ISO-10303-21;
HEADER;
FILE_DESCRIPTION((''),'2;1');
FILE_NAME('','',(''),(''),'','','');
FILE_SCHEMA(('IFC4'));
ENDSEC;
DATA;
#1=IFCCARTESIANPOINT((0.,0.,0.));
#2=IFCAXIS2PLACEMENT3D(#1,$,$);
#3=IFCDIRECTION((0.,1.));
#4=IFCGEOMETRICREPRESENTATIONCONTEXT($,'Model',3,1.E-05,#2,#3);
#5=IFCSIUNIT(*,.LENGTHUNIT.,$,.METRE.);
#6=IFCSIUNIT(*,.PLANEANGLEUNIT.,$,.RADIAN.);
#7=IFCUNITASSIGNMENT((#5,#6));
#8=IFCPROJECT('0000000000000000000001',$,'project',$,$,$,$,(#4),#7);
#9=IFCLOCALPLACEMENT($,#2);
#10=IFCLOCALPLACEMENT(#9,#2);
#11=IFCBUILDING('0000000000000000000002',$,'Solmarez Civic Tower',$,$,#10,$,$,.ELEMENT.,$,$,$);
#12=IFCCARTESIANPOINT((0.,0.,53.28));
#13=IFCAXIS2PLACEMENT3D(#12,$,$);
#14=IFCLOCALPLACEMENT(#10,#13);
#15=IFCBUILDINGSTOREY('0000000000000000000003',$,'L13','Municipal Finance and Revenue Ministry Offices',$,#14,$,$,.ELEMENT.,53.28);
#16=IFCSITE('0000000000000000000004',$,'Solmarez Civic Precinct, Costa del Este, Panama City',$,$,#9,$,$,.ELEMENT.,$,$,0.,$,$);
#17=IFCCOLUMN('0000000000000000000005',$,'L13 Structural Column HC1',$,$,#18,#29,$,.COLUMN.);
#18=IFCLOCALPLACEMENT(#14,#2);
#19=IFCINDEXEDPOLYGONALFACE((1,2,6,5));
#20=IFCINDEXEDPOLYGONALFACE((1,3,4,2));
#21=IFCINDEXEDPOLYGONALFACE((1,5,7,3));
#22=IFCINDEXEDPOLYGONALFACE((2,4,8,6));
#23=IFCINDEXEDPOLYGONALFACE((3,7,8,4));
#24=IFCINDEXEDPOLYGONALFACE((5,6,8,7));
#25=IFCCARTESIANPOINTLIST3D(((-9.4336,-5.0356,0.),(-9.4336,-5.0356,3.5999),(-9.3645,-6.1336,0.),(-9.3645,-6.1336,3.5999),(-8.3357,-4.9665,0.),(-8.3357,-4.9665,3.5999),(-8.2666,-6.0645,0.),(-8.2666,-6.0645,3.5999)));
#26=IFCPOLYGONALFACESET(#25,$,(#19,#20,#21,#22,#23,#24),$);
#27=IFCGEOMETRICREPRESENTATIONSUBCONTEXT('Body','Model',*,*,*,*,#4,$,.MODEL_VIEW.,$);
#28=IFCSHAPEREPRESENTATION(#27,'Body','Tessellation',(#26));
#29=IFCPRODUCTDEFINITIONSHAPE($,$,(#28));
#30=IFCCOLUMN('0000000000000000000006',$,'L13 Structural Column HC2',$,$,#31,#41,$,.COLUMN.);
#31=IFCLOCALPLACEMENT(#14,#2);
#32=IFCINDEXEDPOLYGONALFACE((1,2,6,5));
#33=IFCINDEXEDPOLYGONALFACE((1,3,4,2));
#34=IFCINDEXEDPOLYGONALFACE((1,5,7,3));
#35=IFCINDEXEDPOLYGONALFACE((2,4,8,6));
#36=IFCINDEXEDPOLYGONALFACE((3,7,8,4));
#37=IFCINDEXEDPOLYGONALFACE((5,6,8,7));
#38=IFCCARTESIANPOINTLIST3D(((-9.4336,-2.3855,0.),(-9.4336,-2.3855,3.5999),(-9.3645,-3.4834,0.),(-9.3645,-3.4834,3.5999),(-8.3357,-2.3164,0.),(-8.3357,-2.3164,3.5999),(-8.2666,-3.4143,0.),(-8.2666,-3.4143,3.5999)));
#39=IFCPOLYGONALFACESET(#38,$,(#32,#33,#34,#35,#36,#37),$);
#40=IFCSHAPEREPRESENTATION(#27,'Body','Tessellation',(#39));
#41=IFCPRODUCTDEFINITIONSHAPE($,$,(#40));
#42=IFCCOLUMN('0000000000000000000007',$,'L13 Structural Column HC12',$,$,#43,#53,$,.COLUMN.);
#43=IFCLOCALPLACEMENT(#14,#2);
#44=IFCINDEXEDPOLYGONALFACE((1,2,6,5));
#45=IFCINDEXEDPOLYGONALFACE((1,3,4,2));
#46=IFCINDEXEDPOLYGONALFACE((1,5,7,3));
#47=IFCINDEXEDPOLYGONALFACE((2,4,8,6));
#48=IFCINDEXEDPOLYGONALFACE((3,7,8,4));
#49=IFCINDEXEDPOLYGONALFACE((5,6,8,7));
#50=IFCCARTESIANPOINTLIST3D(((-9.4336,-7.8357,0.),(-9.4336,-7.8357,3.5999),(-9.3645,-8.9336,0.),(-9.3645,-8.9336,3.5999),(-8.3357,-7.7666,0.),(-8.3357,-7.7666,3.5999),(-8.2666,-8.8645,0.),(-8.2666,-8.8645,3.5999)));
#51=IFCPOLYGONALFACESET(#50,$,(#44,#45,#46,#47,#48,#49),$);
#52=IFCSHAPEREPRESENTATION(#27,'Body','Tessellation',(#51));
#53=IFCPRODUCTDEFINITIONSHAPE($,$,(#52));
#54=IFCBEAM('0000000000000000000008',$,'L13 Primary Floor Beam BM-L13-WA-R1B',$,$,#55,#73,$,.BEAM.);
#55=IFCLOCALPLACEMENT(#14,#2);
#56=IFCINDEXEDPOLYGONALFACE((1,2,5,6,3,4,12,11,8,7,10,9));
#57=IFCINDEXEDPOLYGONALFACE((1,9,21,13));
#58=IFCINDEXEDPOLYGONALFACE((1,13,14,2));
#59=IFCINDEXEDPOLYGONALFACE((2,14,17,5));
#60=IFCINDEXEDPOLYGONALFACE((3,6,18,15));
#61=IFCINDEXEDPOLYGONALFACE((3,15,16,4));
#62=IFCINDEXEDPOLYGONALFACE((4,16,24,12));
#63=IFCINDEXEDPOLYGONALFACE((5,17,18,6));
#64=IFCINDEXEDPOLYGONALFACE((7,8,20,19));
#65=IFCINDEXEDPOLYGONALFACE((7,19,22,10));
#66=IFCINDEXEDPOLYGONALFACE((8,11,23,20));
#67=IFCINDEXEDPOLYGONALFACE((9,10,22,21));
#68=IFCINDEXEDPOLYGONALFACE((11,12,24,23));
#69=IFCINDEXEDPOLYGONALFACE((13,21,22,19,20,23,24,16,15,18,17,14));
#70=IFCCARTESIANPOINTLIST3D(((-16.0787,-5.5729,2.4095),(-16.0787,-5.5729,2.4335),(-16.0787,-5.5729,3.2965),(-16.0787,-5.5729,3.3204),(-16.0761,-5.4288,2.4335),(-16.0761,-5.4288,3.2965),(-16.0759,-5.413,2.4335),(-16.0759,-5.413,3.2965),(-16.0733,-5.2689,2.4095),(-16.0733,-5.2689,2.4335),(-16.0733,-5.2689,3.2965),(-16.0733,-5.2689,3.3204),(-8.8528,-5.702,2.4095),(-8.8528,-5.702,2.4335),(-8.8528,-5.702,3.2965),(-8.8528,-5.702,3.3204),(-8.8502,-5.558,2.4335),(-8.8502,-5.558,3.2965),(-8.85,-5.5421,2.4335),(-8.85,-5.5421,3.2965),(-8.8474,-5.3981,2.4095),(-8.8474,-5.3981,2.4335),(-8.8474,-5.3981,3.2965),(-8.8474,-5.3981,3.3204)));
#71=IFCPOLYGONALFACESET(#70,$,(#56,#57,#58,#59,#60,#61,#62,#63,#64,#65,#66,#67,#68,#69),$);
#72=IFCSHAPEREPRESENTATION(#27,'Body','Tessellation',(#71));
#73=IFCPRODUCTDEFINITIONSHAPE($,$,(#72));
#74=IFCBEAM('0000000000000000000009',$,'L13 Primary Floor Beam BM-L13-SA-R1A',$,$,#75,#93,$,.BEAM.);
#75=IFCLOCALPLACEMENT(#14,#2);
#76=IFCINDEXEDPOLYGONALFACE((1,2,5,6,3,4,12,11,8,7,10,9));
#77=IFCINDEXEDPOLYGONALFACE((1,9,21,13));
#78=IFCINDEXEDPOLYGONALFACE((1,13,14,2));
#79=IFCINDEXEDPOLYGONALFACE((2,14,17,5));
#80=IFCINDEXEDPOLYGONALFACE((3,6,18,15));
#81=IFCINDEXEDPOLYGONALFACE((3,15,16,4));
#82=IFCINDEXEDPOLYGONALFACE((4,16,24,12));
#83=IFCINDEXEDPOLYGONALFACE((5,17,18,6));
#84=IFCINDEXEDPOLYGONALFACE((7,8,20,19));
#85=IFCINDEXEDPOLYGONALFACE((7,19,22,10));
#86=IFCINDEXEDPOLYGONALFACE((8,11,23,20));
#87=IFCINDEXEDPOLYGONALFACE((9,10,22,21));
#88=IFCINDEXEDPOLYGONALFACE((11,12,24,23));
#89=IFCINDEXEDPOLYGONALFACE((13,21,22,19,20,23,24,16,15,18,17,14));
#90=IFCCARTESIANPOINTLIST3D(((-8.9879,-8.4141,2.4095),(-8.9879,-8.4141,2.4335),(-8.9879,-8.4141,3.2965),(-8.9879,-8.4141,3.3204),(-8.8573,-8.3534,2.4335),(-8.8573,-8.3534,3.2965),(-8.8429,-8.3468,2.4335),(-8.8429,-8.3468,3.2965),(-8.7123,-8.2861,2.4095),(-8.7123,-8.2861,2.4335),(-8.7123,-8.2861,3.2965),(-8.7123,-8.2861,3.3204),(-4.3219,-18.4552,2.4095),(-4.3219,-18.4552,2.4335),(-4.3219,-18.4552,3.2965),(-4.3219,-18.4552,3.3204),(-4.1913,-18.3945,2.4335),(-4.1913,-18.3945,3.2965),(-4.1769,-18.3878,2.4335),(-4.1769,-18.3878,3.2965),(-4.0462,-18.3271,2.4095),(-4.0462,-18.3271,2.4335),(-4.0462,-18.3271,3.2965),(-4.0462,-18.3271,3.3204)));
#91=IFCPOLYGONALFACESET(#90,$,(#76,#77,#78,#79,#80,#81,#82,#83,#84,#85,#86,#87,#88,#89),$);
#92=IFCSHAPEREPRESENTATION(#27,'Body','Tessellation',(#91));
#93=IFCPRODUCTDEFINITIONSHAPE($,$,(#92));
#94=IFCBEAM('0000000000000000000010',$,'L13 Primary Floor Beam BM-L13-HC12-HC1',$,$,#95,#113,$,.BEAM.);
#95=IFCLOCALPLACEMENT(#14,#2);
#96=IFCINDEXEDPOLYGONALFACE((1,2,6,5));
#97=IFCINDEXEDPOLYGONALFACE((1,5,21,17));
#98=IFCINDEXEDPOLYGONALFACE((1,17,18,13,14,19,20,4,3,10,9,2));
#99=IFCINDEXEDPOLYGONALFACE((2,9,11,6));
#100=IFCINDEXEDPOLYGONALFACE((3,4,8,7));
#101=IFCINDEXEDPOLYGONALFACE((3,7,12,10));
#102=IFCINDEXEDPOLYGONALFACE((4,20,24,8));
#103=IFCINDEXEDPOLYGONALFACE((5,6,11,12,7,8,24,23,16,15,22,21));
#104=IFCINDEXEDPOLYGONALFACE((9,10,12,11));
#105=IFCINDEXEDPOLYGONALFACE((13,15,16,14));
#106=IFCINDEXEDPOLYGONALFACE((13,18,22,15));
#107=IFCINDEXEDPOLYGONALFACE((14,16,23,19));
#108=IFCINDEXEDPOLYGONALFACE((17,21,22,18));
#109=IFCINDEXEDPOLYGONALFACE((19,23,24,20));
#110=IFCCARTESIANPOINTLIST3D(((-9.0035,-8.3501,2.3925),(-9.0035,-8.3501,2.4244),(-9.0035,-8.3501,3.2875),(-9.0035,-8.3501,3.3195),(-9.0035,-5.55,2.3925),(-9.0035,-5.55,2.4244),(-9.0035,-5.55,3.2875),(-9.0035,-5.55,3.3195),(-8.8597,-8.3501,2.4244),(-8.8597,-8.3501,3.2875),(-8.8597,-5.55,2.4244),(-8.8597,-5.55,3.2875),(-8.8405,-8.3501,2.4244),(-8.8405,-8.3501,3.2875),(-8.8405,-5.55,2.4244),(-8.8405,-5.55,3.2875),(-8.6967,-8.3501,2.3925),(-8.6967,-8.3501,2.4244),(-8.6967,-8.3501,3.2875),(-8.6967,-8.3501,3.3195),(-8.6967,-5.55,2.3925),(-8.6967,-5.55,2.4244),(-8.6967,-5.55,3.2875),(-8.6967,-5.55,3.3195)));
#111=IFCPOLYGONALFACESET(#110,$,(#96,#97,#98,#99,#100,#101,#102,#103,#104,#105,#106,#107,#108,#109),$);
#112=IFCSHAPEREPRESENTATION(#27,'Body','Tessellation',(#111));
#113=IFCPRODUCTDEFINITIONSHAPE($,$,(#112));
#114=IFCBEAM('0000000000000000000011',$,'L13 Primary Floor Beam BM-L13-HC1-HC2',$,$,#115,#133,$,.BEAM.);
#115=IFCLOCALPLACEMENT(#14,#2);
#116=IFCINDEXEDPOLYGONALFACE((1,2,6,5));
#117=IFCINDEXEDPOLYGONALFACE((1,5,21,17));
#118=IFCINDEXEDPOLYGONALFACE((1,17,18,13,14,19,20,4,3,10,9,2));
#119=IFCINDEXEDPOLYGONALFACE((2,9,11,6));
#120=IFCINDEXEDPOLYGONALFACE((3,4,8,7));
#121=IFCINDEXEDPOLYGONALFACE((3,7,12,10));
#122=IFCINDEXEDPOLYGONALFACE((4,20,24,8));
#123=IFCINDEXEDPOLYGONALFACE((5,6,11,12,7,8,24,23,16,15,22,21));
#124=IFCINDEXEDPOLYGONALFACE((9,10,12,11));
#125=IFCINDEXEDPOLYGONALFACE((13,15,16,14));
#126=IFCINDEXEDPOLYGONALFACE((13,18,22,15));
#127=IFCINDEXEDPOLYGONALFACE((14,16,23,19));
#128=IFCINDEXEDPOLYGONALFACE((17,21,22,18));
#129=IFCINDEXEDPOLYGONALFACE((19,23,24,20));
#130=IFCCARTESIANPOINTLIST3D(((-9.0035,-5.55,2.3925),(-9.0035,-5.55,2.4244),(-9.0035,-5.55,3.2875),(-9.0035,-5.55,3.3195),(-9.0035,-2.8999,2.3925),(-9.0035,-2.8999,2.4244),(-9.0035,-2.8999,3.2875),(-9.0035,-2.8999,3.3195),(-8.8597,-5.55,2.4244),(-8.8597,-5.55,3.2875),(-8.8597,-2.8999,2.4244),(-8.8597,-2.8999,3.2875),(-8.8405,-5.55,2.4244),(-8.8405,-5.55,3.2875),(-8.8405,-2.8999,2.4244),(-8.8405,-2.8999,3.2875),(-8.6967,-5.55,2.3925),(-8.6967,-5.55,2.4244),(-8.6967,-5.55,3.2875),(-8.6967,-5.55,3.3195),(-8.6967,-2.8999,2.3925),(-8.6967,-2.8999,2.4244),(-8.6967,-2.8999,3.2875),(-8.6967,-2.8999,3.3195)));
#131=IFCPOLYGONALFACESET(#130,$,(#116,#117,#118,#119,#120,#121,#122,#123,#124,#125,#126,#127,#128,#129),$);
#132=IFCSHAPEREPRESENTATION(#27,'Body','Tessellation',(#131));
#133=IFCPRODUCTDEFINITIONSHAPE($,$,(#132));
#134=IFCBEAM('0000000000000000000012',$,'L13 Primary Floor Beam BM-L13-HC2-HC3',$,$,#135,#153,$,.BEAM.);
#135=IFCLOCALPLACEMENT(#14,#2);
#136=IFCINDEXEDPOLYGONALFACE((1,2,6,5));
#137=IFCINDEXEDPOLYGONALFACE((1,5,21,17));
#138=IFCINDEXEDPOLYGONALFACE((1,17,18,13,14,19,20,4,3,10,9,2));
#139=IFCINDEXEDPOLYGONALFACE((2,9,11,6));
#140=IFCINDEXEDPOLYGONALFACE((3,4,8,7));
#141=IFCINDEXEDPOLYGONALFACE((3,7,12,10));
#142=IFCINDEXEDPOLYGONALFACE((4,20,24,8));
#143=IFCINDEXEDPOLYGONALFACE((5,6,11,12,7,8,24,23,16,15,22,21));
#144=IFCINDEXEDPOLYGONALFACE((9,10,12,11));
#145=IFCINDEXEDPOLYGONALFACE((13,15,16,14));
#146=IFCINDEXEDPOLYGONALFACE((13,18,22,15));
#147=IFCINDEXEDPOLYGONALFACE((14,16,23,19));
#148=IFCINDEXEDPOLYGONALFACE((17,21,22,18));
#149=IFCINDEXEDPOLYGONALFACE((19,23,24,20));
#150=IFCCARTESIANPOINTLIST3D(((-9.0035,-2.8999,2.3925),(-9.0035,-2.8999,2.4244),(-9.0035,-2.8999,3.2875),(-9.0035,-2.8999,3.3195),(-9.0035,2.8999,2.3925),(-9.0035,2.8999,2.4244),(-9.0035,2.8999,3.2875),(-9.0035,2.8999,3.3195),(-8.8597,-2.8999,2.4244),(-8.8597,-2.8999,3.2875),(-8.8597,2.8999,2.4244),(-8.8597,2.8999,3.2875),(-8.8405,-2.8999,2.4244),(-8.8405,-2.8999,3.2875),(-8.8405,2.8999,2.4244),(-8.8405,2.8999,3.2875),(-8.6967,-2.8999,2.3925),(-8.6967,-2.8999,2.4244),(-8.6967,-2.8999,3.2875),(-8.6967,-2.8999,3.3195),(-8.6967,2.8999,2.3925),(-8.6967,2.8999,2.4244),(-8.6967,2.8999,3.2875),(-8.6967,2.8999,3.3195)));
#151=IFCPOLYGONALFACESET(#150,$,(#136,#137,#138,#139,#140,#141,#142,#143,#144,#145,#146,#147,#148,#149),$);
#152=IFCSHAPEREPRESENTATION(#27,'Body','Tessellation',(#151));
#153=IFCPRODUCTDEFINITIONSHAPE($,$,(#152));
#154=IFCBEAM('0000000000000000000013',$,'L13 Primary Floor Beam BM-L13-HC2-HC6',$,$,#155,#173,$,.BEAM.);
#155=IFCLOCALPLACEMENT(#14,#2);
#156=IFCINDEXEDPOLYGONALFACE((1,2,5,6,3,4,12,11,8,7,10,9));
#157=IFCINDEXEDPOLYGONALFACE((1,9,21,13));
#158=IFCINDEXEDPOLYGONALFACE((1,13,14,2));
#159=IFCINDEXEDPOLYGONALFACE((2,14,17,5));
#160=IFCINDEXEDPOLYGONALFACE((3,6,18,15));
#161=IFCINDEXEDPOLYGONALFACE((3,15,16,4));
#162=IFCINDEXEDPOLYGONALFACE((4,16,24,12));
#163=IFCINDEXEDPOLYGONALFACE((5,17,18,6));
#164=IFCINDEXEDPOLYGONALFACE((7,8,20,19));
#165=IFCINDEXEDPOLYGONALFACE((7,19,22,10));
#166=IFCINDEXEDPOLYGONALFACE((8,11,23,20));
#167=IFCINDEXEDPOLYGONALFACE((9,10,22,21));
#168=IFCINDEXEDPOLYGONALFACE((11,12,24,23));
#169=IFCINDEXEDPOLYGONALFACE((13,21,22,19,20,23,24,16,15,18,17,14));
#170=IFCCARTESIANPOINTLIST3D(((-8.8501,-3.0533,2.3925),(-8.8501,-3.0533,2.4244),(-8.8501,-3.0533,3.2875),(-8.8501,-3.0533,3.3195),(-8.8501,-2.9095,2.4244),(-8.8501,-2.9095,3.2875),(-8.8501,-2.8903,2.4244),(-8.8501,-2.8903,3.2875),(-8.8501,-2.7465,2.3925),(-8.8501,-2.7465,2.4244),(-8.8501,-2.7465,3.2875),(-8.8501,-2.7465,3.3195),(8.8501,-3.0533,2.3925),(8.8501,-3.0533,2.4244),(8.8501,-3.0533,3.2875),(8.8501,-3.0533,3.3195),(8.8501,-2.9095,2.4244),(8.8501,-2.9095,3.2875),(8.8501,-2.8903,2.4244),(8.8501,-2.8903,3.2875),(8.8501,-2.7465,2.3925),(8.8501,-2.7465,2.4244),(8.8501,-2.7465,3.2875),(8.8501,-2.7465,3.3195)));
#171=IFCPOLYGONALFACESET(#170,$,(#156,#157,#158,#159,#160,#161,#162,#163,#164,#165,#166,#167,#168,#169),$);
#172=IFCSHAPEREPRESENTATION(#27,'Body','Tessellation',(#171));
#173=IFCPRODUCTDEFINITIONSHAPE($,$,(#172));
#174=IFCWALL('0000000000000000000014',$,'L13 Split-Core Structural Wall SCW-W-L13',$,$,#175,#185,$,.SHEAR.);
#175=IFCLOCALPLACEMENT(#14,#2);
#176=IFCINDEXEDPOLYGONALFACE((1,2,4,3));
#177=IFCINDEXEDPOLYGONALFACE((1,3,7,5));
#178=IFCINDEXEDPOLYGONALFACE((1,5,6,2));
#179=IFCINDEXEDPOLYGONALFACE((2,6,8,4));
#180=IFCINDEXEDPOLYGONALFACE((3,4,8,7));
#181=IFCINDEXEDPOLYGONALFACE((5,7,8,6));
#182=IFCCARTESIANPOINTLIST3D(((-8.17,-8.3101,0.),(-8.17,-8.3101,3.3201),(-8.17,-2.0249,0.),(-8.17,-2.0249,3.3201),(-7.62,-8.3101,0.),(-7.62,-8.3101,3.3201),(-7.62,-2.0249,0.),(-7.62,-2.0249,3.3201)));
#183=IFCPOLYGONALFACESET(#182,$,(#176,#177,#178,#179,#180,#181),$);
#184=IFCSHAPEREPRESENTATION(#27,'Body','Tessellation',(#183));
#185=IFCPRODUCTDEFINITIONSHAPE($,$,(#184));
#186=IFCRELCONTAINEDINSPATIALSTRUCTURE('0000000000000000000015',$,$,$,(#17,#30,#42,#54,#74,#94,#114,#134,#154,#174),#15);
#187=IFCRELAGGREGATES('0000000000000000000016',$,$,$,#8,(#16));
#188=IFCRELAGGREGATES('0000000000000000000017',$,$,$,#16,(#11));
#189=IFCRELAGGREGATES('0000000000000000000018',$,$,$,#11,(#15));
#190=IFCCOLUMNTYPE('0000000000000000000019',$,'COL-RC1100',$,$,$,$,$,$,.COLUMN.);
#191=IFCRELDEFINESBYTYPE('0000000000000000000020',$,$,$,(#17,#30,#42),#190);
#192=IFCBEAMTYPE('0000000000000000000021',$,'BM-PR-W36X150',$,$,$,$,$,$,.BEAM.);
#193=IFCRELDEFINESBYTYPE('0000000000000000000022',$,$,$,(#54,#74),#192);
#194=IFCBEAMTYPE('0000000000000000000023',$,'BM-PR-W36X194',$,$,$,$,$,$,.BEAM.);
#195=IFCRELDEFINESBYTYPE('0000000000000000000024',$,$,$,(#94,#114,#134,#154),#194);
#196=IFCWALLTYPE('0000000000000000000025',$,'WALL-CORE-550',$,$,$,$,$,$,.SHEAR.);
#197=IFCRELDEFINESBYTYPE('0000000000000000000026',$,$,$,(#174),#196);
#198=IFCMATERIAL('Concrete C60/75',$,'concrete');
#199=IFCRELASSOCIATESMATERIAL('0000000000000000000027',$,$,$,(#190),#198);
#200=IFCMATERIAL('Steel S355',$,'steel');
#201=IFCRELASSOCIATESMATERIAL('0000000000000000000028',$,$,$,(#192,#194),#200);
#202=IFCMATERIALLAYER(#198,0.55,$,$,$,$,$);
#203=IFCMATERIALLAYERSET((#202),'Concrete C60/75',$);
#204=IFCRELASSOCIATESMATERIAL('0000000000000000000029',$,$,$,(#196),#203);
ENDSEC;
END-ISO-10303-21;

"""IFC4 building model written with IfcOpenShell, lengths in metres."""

from ifc_helpers import new_model, si_unit, direction, frame, frame_2d, origin, origin_2d, place, context, subcontext, project, spatial, rectangle, i_section, extrude, material, layer, layer_set, material_profile, profile_set, type_object, element, save


model = new_model("IFC4")

# Units and contexts
model_context = context("Model", 3, precision=1e-05, world=origin(), true_north=direction((0.0, 1.0)))
body_context = subcontext(model_context, "Body", "Model", "MODEL_VIEW")
ifc_project = project(units=[si_unit("LENGTHUNIT", "METRE"), si_unit("PLANEANGLEUNIT", "RADIAN")], contexts=[model_context])

# Site, building, storey
site_placement = place(None, origin())
site = spatial("IfcSite", under=ifc_project, at=site_placement, Name="Solmarez Civic Precinct, Costa del Este, Panama City", CompositionType="ELEMENT", RefElevation=0.0)
building_placement = place(site_placement, origin())
building = spatial("IfcBuilding", under=site, at=building_placement, Name="Solmarez Civic Tower", CompositionType="ELEMENT")
storey_placement = place(building_placement, frame((0.0, 0.0, 53.28)))
storey = spatial("IfcBuildingStorey", under=building, at=storey_placement, Name="L13", Description="Municipal Finance and Revenue Ministry Offices", CompositionType="ELEMENT", Elevation=53.28)

# Columns
ifc_material_1 = material(Name="Concrete C60/75", Category="concrete")
ifc_material_profile_1 = material_profile(ifc_material_1, rectangle(XDim=1.1001, YDim=1.1001, at=origin_2d()), Name="RC1100X1100")
ifc_profile_set_1 = profile_set([ifc_material_profile_1], Name="Concrete C60/75")
column_type = type_object("IfcColumnType", Name="COL-RC1100", PredefinedType="COLUMN", material=ifc_profile_set_1)
for number, where, z_axis, x_axis, name in (
    (1, (-8.8501, -5.55, 0.0), (0.0, 0.0, 1.0), (0.998027, 0.062791, 0.0), "L13 Structural Column HC1"),
    (2, (-8.8501, -2.8999, 0.0), (0.0, 0.0, 1.0), (0.998027, 0.062791, 0.0), "L13 Structural Column HC2"),
    (3, (-8.8501, -8.3501, 0.0), (0.0, 0.0, 1.0), (0.998027, 0.062791, 0.0), "L13 Structural Column HC12"),
):
    element("IfcColumn", number, at=place(storey_placement, frame(where, z_axis=z_axis, x_axis=x_axis)), inside=storey, type_object=column_type, Name=name, PredefinedType="COLUMN", context=body_context, shape_type="SweptSolid", body=[
        extrude(rectangle(XDim=1.1001, YDim=1.1001, at=origin_2d()), origin(), (0.0, 0.0, 1.0), 3.5999),
    ])

# Beams
ifc_material_2 = material(Name="Steel S355", Category="steel")
ifc_material_profile_2 = material_profile(ifc_material_2, i_section(OverallWidth=0.304, OverallDepth=0.9109, WebThickness=0.0159, FlangeThickness=0.0239, at=origin_2d()), Name="W36X150")
ifc_profile_set_2 = profile_set([ifc_material_profile_2], Name="Steel S355")
beam_type_1 = type_object("IfcBeamType", Name="BM-PR-W36X150", PredefinedType="BEAM", material=ifc_profile_set_2)
beam_1_placement = place(storey_placement, frame((-8.8501, -5.55, 2.865), z_axis=(-0.99984, 0.017871, 0.0), x_axis=(-0.017871, -0.99984, 0.0)))
element("IfcBeam", 4, at=beam_1_placement, inside=storey, type_object=beam_type_1, Name="L13 Primary Floor Beam BM-L13-WA-R1B", PredefinedType="BEAM", context=body_context, shape_type="SweptSolid", body=[
    extrude(i_section(OverallWidth=0.304, OverallDepth=0.9109, WebThickness=0.0159, FlangeThickness=0.0239, at=origin_2d()), origin(), (0.0, 0.0, 1.0), 7.2271),
])
beam_2_placement = place(storey_placement, frame((-8.8501, -8.3501, 2.865), z_axis=(0.421417, -0.906867, 0.0), x_axis=(0.906867, 0.421417, 0.0)))
element("IfcBeam", 5, at=beam_2_placement, inside=storey, type_object=beam_type_1, Name="L13 Primary Floor Beam BM-L13-SA-R1A", PredefinedType="BEAM", context=body_context, shape_type="SweptSolid", body=[
    extrude(i_section(OverallWidth=0.304, OverallDepth=0.9109, WebThickness=0.0159, FlangeThickness=0.0239, at=origin_2d()), origin(), (0.0, 0.0, 1.0), 11.0723),
])
ifc_material_profile_3 = material_profile(ifc_material_2, i_section(OverallWidth=0.3069, OverallDepth=0.927, WebThickness=0.0193, FlangeThickness=0.032, at=origin_2d()), Name="W36X194")
ifc_profile_set_3 = profile_set([ifc_material_profile_3], Name="Steel S355")
beam_type_2 = type_object("IfcBeamType", Name="BM-PR-W36X194", PredefinedType="BEAM", material=ifc_profile_set_3)
beam_3_placement = place(storey_placement, frame((-8.8501, -8.3501, 2.856), z_axis=(0.0, 1.0, 0.0), x_axis=(-1.0, 0.0, 0.0)))
element("IfcBeam", 6, at=beam_3_placement, inside=storey, type_object=beam_type_2, Name="L13 Primary Floor Beam BM-L13-HC12-HC1", PredefinedType="BEAM", context=body_context, shape_type="SweptSolid", body=[
    extrude(i_section(OverallWidth=0.3069, OverallDepth=0.927, WebThickness=0.0193, FlangeThickness=0.032, at=origin_2d()), origin(), (0.0, 0.0, 1.0), 2.8),
])
beam_4_placement = place(storey_placement, frame((-8.8501, -5.55, 2.856), z_axis=(0.0, 1.0, 0.0), x_axis=(-1.0, 0.0, 0.0)))
element("IfcBeam", 7, at=beam_4_placement, inside=storey, type_object=beam_type_2, Name="L13 Primary Floor Beam BM-L13-HC1-HC2", PredefinedType="BEAM", context=body_context, shape_type="SweptSolid", body=[
    extrude(i_section(OverallWidth=0.3069, OverallDepth=0.927, WebThickness=0.0193, FlangeThickness=0.032, at=origin_2d()), origin(), (0.0, 0.0, 1.0), 2.6501),
])
beam_5_placement = place(storey_placement, frame((-8.8501, -2.8999, 2.856), z_axis=(0.0, 1.0, 0.0), x_axis=(-1.0, 0.0, 0.0)))
element("IfcBeam", 8, at=beam_5_placement, inside=storey, type_object=beam_type_2, Name="L13 Primary Floor Beam BM-L13-HC2-HC3", PredefinedType="BEAM", context=body_context, shape_type="SweptSolid", body=[
    extrude(i_section(OverallWidth=0.3069, OverallDepth=0.927, WebThickness=0.0193, FlangeThickness=0.032, at=origin_2d()), origin(), (0.0, 0.0, 1.0), 5.7998),
])
beam_6_placement = place(storey_placement, frame((-8.8501, -2.8999, 2.856), z_axis=(1.0, 0.0, 0.0), x_axis=(0.0, 1.0, 0.0)))
element("IfcBeam", 9, at=beam_6_placement, inside=storey, type_object=beam_type_2, Name="L13 Primary Floor Beam BM-L13-HC2-HC6", PredefinedType="BEAM", context=body_context, shape_type="SweptSolid", body=[
    extrude(i_section(OverallWidth=0.3069, OverallDepth=0.927, WebThickness=0.0193, FlangeThickness=0.032, at=origin_2d()), origin(), (0.0, 0.0, 1.0), 17.7002),
])

# Shared definitions
ifc_layer_1 = layer(ifc_material_1, 0.55)
ifc_layer_set_1 = layer_set([ifc_layer_1], Name="Concrete C60/75")
wall_type_1 = type_object("IfcWallType", Name="WALL-CORE-550", PredefinedType="SHEAR", material=ifc_layer_set_1)

# Wall
wall_1_placement = place(storey_placement, frame((-7.895, -8.3101, 0.0), z_axis=(0.0, 0.0, 1.0), x_axis=(0.0, 1.0, 0.0)))
element("IfcWall", 10, at=wall_1_placement, inside=storey, type_object=wall_type_1, Name="L13 Split-Core Structural Wall SCW-W-L13", PredefinedType="SHEAR", context=body_context, shape_type="SweptSolid", body=[
    extrude(rectangle(XDim=6.2852, YDim=0.55, at=frame_2d((3.1426, 0.0))), origin(), (0.0, 0.0, 1.0), 3.3201),
])

save(model, "model.ifc")
